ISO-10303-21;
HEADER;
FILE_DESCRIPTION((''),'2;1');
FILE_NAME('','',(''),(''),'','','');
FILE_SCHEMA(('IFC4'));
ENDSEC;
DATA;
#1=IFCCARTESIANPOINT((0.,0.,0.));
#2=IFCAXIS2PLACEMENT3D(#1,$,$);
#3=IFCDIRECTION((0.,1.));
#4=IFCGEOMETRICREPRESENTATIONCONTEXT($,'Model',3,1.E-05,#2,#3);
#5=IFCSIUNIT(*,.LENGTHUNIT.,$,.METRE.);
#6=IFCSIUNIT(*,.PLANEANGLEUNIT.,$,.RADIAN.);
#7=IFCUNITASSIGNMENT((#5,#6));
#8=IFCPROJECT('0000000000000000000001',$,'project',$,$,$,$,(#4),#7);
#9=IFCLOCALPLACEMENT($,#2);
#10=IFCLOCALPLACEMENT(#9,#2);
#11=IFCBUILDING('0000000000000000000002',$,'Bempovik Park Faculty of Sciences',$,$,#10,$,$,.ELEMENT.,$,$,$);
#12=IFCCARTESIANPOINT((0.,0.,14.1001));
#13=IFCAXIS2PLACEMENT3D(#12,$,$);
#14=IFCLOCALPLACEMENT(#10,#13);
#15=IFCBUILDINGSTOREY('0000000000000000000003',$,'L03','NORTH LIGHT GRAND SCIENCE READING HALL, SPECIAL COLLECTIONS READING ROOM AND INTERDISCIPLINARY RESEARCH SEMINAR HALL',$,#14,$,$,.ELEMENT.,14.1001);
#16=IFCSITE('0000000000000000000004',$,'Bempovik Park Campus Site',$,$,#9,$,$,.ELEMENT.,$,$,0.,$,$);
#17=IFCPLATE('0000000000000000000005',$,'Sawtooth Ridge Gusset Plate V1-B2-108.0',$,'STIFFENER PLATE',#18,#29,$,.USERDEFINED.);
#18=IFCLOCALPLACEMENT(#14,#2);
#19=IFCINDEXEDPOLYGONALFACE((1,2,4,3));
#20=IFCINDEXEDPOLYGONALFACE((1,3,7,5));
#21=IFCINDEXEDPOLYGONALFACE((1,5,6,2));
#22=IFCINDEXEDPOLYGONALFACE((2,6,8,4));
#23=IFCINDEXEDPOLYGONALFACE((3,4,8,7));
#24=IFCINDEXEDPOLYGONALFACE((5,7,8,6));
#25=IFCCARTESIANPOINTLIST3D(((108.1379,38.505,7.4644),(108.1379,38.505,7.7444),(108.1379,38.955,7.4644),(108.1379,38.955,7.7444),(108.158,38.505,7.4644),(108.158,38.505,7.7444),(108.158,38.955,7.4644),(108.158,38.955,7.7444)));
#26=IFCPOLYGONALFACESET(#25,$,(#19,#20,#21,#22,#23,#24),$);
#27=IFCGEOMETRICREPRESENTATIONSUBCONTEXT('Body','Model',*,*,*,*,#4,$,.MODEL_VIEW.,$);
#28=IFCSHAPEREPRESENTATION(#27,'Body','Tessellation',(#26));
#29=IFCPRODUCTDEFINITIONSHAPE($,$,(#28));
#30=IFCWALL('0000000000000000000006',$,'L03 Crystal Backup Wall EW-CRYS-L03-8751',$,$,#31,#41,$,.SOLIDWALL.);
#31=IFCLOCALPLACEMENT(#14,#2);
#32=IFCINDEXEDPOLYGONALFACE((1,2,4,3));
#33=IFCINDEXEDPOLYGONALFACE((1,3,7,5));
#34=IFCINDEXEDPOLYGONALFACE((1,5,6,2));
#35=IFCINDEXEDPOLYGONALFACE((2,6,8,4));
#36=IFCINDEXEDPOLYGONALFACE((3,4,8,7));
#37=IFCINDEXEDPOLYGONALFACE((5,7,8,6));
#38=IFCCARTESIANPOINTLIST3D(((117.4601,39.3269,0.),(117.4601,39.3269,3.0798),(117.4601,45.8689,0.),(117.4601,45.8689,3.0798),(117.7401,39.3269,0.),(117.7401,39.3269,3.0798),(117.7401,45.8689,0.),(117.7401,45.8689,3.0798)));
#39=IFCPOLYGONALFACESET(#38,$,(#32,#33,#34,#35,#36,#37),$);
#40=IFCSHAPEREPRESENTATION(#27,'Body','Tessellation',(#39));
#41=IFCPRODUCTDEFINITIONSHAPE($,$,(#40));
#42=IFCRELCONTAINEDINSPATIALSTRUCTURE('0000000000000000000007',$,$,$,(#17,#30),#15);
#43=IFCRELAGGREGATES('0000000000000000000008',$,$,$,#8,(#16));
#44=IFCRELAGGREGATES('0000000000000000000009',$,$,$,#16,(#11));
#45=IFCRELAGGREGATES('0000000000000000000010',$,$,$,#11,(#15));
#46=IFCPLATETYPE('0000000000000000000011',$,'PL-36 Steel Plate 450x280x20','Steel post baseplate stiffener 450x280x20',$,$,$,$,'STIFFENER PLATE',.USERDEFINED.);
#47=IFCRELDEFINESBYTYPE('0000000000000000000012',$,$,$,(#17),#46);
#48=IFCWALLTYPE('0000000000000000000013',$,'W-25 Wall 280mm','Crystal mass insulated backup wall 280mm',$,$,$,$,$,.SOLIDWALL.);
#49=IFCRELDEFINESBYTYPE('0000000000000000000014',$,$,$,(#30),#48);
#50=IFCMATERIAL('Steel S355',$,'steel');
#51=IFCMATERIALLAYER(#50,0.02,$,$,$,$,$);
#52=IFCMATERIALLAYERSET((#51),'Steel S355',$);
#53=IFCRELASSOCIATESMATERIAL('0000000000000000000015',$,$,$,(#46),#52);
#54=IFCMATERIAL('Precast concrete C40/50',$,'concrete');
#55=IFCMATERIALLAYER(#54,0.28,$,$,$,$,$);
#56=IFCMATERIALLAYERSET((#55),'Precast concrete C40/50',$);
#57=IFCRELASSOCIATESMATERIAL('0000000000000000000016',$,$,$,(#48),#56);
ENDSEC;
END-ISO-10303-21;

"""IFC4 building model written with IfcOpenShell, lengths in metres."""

from ifc_helpers import new_model, si_unit, direction, frame, frame_2d, origin, origin_2d, place, context, subcontext, project, spatial, rectangle, extrude, material, layer, layer_set, type_object, element, save


model = new_model("IFC4")

# Units and contexts
model_context = context("Model", 3, precision=1e-05, world=origin(), true_north=direction((0.0, 1.0)))
body_context = subcontext(model_context, "Body", "Model", "MODEL_VIEW")
ifc_project = project(units=[si_unit("LENGTHUNIT", "METRE"), si_unit("PLANEANGLEUNIT", "RADIAN")], contexts=[model_context])

# Site, building, storey
site_placement = place(None, origin())
site = spatial("IfcSite", under=ifc_project, at=site_placement, Name="Bempovik Park Campus Site", CompositionType="ELEMENT", RefElevation=0.0)
building_placement = place(site_placement, origin())
building = spatial("IfcBuilding", under=site, at=building_placement, Name="Bempovik Park Faculty of Sciences", CompositionType="ELEMENT")
storey_placement = place(building_placement, frame((0.0, 0.0, 14.1001)))
storey = spatial("IfcBuildingStorey", under=building, at=storey_placement, Name="L03", Description="NORTH LIGHT GRAND SCIENCE READING HALL, SPECIAL COLLECTIONS READING ROOM AND INTERDISCIPLINARY RESEARCH SEMINAR HALL", CompositionType="ELEMENT", Elevation=14.1001)

# Shared definitions
ifc_material_1 = material(Name="Steel S355", Category="steel")

# Plate
ifc_layer_1 = layer(ifc_material_1, 0.02)
ifc_layer_set_1 = layer_set([ifc_layer_1], Name="Steel S355")
plate_type_1 = type_object("IfcPlateType", Name="PL-36 Steel Plate 450x280x20", Description="Steel post baseplate stiffener 450x280x20", ElementType="STIFFENER PLATE", PredefinedType="USERDEFINED", material=ifc_layer_set_1)
plate_1_placement = place(storey_placement, frame((108.1479, 38.73, 7.4644), z_axis=(0.0, 0.0, 1.0), x_axis=(1.0, 0.0, 0.0)))
element("IfcPlate", 1, at=plate_1_placement, inside=storey, type_object=plate_type_1, Name="Sawtooth Ridge Gusset Plate V1-B2-108.0", ObjectType="STIFFENER PLATE", PredefinedType="USERDEFINED", context=body_context, shape_type="SweptSolid", body=[
    extrude(rectangle(XDim=0.02, YDim=0.45, at=origin_2d()), origin(), (0.0, 0.0, 1.0), 0.28),
])

# Wall
ifc_material_2 = material(Name="Precast concrete C40/50", Category="concrete")
ifc_layer_2 = layer(ifc_material_2, 0.28)
ifc_layer_set_2 = layer_set([ifc_layer_2], Name="Precast concrete C40/50")
wall_type = type_object("IfcWallType", Name="W-25 Wall 280mm", Description="Crystal mass insulated backup wall 280mm", PredefinedType="SOLIDWALL", material=ifc_layer_set_2)
wall_placement = place(storey_placement, frame((117.6001, 39.3269, 0.0), z_axis=(0.0, 0.0, 1.0), x_axis=(0.0, 1.0, 0.0)))
element("IfcWall", 2, at=wall_placement, inside=storey, type_object=wall_type, Name="L03 Crystal Backup Wall EW-CRYS-L03-8751", PredefinedType="SOLIDWALL", context=body_context, shape_type="SweptSolid", body=[
    extrude(rectangle(XDim=6.542, YDim=0.28, at=frame_2d((3.271, 0.0))), origin(), (0.0, 0.0, 1.0), 3.0798),
])

save(model, "model.ifc")
